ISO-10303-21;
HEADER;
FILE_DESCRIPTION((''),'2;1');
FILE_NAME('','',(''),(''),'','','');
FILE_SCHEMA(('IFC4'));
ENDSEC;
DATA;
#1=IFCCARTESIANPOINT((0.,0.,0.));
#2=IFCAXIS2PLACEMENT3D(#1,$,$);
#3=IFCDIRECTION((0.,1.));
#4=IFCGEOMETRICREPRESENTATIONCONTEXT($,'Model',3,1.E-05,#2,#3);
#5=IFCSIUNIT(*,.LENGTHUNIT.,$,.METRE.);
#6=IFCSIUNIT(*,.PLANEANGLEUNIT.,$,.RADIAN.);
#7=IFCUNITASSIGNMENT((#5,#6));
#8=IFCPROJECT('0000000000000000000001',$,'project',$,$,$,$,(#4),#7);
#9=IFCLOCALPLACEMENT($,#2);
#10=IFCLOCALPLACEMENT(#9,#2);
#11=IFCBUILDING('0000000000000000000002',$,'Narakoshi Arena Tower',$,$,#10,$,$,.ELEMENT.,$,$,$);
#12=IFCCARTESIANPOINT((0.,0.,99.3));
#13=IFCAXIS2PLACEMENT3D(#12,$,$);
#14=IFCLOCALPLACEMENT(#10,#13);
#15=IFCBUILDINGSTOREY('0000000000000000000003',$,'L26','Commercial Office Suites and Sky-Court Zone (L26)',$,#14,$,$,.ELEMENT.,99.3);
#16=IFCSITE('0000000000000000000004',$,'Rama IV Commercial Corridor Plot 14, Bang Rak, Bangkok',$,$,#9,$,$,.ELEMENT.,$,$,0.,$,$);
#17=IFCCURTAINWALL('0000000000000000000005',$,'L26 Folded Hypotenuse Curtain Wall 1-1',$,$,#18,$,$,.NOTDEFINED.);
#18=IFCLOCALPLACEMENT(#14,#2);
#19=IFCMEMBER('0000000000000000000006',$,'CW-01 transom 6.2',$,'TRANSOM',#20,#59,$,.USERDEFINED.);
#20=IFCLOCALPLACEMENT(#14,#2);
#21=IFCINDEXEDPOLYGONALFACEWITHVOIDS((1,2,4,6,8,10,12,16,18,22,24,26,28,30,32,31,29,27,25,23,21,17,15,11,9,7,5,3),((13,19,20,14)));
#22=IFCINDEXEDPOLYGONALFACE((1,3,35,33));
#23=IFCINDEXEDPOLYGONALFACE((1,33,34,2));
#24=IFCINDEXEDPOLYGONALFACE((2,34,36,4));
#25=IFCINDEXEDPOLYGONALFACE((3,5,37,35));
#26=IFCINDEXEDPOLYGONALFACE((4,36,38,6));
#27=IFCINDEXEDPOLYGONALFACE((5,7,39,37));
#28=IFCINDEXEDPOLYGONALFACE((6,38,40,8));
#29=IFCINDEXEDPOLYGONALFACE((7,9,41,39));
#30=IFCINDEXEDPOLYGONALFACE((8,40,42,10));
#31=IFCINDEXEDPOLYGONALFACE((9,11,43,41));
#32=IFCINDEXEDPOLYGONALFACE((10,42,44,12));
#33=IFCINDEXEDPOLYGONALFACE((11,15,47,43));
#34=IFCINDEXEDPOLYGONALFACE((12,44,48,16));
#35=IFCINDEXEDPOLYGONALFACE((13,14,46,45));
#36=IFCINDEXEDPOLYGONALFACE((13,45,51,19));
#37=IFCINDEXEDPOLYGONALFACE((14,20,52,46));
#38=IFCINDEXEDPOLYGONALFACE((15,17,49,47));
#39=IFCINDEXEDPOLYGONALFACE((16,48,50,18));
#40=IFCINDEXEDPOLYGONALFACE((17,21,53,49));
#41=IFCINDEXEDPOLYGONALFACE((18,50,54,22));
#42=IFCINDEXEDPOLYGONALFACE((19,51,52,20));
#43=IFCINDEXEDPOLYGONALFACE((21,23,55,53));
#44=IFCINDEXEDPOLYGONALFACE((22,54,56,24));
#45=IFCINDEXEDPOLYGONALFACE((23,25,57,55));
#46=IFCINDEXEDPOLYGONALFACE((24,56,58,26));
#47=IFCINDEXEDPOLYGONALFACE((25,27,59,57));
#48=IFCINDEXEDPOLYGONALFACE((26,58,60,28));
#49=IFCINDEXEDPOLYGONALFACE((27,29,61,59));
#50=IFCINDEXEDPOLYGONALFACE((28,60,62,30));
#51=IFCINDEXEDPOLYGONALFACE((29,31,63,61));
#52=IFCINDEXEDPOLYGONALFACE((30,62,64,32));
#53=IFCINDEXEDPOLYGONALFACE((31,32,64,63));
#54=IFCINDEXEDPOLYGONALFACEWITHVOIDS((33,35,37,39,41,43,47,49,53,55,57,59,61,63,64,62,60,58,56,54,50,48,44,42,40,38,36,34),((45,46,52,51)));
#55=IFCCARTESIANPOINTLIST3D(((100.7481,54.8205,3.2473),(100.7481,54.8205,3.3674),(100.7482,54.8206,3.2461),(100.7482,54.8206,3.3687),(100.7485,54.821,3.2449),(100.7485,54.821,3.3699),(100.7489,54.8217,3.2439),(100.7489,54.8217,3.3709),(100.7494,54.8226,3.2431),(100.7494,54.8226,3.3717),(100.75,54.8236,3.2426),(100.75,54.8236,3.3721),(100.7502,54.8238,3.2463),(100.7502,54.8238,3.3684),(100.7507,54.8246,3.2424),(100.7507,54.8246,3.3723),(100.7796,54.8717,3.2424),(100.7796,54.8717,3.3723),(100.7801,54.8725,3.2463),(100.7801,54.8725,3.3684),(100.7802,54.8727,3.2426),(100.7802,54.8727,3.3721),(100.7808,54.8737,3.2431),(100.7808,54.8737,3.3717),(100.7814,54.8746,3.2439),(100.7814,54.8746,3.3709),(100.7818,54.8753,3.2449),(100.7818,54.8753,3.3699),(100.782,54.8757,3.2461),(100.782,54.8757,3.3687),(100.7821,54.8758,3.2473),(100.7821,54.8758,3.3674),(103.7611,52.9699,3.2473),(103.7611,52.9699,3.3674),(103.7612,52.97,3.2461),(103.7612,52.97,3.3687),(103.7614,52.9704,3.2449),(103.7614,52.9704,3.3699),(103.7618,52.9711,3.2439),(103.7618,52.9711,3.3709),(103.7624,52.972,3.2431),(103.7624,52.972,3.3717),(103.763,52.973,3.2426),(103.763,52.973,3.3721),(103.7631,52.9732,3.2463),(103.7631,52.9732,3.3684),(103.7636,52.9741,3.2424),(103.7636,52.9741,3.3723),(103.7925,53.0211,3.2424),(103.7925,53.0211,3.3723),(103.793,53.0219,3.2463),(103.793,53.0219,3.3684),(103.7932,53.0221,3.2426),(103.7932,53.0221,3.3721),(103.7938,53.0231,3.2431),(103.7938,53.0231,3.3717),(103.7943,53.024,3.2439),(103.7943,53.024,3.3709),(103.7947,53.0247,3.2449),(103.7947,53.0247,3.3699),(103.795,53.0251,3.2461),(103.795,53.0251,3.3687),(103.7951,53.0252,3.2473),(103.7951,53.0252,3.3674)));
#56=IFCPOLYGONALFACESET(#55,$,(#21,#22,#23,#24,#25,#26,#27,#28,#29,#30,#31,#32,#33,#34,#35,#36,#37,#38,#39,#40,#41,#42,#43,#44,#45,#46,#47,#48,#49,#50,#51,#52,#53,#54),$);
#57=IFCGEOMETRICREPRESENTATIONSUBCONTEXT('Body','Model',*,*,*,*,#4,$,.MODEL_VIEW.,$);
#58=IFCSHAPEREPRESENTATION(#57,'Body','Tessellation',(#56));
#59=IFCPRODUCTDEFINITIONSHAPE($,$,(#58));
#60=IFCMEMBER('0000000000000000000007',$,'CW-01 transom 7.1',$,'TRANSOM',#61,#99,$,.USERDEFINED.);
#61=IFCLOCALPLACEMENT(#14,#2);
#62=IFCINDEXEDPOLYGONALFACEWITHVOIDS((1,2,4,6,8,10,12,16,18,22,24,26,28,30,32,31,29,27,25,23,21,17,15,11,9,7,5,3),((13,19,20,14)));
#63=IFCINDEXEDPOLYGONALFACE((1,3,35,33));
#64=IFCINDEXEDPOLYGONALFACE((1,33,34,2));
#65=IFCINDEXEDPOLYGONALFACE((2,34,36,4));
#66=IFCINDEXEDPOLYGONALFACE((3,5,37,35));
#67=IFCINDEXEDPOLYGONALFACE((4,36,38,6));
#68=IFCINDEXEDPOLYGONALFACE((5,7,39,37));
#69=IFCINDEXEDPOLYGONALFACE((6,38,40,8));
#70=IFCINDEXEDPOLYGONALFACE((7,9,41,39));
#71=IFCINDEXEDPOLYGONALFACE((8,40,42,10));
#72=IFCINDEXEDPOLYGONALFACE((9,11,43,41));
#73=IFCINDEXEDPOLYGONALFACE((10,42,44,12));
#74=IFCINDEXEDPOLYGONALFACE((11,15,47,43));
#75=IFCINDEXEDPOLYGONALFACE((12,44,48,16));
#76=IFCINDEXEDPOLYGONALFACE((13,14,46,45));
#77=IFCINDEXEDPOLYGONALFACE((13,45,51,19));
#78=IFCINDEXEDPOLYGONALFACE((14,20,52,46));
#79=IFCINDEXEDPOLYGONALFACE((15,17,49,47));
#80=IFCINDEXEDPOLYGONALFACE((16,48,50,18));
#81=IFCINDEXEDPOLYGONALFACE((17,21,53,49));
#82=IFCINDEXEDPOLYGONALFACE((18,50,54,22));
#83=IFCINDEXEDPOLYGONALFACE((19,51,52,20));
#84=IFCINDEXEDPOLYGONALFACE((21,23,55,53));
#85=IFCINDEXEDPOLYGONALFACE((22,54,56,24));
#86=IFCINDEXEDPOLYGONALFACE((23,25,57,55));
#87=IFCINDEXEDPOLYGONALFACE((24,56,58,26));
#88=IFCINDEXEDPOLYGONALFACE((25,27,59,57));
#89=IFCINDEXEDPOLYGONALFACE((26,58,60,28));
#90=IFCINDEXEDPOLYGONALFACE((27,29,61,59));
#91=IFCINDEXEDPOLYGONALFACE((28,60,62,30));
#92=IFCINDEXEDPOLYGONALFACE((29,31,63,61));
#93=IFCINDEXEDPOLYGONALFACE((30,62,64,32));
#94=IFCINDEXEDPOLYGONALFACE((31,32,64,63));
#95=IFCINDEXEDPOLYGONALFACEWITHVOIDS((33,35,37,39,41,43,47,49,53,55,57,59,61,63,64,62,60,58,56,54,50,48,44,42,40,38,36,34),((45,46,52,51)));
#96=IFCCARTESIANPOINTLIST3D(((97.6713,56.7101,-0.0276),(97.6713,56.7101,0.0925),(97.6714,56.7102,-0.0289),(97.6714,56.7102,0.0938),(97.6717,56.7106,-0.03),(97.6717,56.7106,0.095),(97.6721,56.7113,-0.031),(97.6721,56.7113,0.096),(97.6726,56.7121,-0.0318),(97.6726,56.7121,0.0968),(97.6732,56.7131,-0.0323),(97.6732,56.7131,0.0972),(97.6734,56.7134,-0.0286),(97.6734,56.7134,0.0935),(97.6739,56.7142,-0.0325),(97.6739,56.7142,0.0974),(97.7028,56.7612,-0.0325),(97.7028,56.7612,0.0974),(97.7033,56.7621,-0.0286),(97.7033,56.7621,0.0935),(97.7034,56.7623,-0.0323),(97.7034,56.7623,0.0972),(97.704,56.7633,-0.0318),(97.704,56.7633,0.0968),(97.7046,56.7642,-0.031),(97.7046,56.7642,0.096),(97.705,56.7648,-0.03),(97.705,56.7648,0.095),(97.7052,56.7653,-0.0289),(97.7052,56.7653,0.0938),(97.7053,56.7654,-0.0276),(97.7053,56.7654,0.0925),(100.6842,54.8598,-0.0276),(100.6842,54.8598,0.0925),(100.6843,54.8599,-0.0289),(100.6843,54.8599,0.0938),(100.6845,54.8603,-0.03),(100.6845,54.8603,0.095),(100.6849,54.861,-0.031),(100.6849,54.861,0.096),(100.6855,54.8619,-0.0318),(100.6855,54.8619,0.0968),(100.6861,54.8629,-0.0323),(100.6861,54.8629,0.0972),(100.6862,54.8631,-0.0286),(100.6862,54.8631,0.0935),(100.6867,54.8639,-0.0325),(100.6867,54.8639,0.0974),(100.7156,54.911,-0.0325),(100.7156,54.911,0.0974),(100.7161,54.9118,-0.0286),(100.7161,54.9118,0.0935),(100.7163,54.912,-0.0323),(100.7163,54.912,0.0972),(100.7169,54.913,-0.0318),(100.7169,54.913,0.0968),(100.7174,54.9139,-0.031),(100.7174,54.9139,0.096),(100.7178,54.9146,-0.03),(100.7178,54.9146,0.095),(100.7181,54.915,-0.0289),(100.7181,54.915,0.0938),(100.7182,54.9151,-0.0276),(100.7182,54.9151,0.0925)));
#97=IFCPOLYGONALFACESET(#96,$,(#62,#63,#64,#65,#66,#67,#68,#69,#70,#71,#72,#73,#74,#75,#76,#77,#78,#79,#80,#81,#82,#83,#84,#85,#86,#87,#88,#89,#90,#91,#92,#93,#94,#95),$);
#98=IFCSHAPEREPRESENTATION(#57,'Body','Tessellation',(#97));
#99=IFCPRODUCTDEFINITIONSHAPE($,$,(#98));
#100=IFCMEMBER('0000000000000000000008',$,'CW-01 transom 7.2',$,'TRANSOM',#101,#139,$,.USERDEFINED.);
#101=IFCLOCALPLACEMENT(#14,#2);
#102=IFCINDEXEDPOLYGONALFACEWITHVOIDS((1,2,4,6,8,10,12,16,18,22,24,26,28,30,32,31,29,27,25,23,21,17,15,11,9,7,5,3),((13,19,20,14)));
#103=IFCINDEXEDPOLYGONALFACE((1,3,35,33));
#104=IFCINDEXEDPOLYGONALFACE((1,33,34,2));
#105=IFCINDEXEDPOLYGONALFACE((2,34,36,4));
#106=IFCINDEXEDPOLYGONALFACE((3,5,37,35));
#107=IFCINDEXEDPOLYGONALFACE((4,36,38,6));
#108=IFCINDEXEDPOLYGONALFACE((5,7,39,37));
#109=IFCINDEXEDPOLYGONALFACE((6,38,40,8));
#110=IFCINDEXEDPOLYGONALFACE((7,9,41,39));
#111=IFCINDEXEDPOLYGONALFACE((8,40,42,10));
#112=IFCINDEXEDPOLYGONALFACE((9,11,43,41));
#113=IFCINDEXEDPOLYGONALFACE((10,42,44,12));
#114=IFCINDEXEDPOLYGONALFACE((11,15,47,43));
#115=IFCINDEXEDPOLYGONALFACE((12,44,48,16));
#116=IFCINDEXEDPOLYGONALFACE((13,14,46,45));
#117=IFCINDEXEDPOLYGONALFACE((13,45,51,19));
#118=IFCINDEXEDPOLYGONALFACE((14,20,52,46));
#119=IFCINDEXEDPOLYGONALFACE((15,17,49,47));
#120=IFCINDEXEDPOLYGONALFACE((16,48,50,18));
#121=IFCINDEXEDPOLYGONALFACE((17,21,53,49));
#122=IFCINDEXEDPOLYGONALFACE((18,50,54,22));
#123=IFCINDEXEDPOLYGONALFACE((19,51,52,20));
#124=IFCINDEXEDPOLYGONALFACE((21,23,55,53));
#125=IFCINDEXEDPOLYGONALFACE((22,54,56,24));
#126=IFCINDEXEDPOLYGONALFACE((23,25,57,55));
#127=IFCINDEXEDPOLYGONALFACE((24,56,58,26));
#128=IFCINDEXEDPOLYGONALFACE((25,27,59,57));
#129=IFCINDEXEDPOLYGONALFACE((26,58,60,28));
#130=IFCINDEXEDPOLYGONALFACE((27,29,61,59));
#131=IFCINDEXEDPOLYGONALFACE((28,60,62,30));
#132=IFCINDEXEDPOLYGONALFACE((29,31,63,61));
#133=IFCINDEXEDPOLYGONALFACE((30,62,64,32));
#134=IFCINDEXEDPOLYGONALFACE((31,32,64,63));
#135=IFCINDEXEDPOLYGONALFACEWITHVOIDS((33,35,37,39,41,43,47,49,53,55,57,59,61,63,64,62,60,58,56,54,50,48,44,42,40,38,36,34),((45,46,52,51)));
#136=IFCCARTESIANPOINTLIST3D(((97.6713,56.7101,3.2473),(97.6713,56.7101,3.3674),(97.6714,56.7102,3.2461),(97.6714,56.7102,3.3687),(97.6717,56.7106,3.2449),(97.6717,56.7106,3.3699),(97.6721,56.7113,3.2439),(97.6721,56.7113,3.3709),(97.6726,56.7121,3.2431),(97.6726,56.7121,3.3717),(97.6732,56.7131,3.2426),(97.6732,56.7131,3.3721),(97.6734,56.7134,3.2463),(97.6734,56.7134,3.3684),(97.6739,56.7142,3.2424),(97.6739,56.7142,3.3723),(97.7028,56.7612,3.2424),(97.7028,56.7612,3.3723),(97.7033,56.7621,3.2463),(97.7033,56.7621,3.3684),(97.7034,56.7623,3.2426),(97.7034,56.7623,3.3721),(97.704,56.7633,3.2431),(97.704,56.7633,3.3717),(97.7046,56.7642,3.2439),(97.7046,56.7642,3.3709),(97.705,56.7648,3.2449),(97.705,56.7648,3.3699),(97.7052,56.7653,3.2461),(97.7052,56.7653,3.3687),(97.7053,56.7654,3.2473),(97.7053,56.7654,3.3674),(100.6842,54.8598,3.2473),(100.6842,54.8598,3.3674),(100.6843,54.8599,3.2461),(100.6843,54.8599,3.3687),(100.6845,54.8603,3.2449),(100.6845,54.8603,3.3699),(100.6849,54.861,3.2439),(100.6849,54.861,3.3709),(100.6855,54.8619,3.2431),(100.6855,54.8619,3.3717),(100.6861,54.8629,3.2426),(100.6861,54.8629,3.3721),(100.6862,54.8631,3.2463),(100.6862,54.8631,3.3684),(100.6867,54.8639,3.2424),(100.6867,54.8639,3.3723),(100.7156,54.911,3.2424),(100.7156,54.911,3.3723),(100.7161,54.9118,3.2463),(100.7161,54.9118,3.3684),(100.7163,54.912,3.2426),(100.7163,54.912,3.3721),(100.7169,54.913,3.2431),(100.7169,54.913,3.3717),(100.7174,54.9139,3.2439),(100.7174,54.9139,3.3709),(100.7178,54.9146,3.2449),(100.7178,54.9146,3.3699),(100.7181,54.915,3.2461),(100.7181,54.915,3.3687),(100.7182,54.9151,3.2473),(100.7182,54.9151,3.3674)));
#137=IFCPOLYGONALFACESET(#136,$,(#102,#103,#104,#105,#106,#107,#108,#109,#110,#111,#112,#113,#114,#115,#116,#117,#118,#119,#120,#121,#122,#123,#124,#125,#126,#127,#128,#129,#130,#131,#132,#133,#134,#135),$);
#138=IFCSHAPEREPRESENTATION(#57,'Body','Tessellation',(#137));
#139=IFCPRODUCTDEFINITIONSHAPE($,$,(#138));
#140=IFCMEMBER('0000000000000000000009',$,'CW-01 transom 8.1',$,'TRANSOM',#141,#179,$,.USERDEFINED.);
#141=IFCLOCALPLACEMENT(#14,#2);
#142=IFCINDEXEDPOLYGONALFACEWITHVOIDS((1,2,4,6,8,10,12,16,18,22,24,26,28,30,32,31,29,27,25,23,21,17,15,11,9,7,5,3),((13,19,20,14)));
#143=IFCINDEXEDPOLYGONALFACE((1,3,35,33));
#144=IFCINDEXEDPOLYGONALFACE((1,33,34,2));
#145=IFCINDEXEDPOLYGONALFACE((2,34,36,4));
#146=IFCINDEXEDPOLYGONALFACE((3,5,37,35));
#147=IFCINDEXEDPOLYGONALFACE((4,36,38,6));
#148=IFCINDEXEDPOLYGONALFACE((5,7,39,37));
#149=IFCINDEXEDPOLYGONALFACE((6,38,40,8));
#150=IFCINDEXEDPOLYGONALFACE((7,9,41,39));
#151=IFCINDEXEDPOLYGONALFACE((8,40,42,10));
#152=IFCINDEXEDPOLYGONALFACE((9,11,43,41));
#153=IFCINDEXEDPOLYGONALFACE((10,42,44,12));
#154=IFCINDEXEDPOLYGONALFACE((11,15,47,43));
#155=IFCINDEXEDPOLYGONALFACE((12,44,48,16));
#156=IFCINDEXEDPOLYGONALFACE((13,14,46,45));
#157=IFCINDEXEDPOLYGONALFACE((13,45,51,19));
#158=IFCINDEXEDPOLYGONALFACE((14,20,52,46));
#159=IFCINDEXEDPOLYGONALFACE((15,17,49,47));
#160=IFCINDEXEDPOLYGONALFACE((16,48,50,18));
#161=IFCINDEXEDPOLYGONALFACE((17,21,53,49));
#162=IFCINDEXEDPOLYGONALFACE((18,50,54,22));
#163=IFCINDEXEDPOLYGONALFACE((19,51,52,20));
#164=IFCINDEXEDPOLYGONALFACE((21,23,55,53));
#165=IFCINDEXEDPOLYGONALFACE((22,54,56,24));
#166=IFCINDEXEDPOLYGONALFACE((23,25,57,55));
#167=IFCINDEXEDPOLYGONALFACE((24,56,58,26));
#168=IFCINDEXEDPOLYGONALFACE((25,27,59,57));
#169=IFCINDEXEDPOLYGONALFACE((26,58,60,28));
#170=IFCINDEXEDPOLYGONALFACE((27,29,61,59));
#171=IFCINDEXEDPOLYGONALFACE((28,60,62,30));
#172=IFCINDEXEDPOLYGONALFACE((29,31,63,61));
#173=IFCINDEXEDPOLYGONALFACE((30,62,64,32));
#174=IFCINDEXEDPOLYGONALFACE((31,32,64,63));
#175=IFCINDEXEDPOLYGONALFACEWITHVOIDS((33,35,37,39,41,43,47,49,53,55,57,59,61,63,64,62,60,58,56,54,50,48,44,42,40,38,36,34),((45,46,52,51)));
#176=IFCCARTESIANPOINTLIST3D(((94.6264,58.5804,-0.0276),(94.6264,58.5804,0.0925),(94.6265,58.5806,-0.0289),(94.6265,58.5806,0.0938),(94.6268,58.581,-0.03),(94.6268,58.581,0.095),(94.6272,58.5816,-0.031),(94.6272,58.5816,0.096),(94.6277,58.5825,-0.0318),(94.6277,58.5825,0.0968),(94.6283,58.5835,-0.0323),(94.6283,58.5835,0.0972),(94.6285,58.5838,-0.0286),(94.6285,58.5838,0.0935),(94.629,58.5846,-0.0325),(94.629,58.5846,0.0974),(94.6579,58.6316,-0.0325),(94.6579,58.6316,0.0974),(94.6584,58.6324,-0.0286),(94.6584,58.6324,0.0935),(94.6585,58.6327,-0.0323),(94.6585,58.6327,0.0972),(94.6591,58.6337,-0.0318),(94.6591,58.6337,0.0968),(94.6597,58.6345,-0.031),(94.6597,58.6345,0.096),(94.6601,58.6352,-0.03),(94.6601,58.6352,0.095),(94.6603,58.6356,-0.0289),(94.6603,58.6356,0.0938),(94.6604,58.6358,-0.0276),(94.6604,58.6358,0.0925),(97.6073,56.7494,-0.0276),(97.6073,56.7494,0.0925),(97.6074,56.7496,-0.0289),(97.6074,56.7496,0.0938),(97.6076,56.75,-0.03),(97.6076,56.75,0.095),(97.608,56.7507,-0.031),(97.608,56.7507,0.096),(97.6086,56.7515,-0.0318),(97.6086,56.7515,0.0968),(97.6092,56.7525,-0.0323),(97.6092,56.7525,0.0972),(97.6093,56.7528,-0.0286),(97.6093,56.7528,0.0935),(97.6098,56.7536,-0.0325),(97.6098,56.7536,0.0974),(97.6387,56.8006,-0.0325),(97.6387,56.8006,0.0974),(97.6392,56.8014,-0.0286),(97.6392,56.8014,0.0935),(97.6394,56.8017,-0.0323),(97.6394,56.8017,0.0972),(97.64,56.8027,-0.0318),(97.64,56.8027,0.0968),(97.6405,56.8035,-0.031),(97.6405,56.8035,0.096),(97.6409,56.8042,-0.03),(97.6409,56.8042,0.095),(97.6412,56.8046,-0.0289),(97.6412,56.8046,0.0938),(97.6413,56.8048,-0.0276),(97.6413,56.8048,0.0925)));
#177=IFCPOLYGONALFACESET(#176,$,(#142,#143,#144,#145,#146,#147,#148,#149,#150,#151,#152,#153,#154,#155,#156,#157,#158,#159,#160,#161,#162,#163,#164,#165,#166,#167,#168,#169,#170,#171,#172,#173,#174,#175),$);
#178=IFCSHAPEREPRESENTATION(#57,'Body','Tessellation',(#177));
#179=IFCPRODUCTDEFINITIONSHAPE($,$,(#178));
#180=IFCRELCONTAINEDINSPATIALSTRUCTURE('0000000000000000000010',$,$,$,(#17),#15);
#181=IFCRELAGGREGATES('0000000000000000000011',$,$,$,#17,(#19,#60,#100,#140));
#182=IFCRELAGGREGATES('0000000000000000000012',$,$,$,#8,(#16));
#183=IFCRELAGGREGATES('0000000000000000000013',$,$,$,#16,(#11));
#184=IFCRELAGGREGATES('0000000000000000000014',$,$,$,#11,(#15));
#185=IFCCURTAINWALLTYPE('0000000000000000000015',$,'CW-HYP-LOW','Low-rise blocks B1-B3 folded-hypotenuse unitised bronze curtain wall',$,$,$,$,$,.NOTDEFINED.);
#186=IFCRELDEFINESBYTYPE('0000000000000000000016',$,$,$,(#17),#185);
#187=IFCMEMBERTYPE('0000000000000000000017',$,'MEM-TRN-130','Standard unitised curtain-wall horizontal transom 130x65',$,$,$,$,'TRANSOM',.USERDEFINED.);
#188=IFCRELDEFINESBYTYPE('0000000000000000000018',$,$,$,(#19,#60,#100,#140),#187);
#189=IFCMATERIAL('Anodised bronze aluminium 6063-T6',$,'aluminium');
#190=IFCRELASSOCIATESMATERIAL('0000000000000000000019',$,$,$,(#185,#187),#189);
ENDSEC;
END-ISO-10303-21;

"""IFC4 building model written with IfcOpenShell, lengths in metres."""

from ifc_helpers import new_model, si_unit, direction, frame, origin, origin_2d, place, context, subcontext, project, spatial, hollow_rectangle, extrude, material, material_profile, profile_set, type_object, element, aggregate, save


model = new_model("IFC4")

# Units and contexts
model_context = context("Model", 3, precision=1e-05, world=origin(), true_north=direction((0.0, 1.0)))
body_context = subcontext(model_context, "Body", "Model", "MODEL_VIEW")
ifc_project = project(units=[si_unit("LENGTHUNIT", "METRE"), si_unit("PLANEANGLEUNIT", "RADIAN")], contexts=[model_context])

# Site, building, storey
site_placement = place(None, origin())
site = spatial("IfcSite", under=ifc_project, at=site_placement, Name="Rama IV Commercial Corridor Plot 14, Bang Rak, Bangkok", CompositionType="ELEMENT", RefElevation=0.0)
building_placement = place(site_placement, origin())
building = spatial("IfcBuilding", under=site, at=building_placement, Name="Narakoshi Arena Tower", CompositionType="ELEMENT")
storey_placement = place(building_placement, frame((0.0, 0.0, 99.3)))
storey = spatial("IfcBuildingStorey", under=building, at=storey_placement, Name="L26", Description="Commercial Office Suites and Sky-Court Zone (L26)", CompositionType="ELEMENT", Elevation=99.3)

# Curtain wall, members
ifc_material_1 = material(Name="Anodised bronze aluminium 6063-T6", Category="aluminium")
curtain_wall_type = type_object("IfcCurtainWallType", Name="CW-HYP-LOW", Description="Low-rise blocks B1-B3 folded-hypotenuse unitised bronze curtain wall", PredefinedType="NOTDEFINED", material=ifc_material_1)
curtain_wall_placement = place(storey_placement, origin())
curtain_wall = element("IfcCurtainWall", 1, at=curtain_wall_placement, inside=storey, type_object=curtain_wall_type, Name="L26 Folded Hypotenuse Curtain Wall 1-1", PredefinedType="NOTDEFINED")
ifc_material_profile_1 = material_profile(ifc_material_1, hollow_rectangle(XDim=0.0649, YDim=0.1299, WallThickness=0.0039, OuterFilletRadius=0.0049, at=origin_2d()), Name="TRN130x65x4")
ifc_profile_set_1 = profile_set([ifc_material_profile_1], Name="Anodised bronze aluminium 6063-T6")
member_type_1 = type_object("IfcMemberType", Name="MEM-TRN-130", Description="Standard unitised curtain-wall horizontal transom 130x65", ElementType="TRANSOM", PredefinedType="USERDEFINED", material=ifc_profile_set_1)
member_1_placement = place(storey_placement, frame((103.7781, 52.9976, 3.3074), z_axis=(-0.852104, 0.523373, 0.0), x_axis=(-0.523373, -0.852104, 0.0)))
member_1 = element("IfcMember", 2, at=member_1_placement, type_object=member_type_1, Name="CW-01 transom 6.2", ObjectType="TRANSOM", PredefinedType="USERDEFINED", context=body_context, shape_type="SweptSolid", body=[
    extrude(hollow_rectangle(XDim=0.0649, YDim=0.1299, WallThickness=0.0039, OuterFilletRadius=0.0049, at=origin_2d()), origin(), (0.0, 0.0, 1.0), 3.5359),
])
member_2_placement = place(storey_placement, frame((100.7012, 54.8875, 0.0325), z_axis=(-0.852134, 0.523323, 0.0), x_axis=(-0.523323, -0.852134, 0.0)))
member_2 = element("IfcMember", 3, at=member_2_placement, type_object=member_type_1, Name="CW-01 transom 7.1", ObjectType="TRANSOM", PredefinedType="USERDEFINED", context=body_context, shape_type="SweptSolid", body=[
    extrude(hollow_rectangle(XDim=0.0649, YDim=0.1299, WallThickness=0.0039, OuterFilletRadius=0.0049, at=origin_2d()), origin(), (0.0, 0.0, 1.0), 3.5356),
])
member_3_placement = place(storey_placement, frame((100.7012, 54.8875, 3.3074), z_axis=(-0.852134, 0.523323, 0.0), x_axis=(-0.523323, -0.852134, 0.0)))
member_3 = element("IfcMember", 4, at=member_3_placement, type_object=member_type_1, Name="CW-01 transom 7.2", ObjectType="TRANSOM", PredefinedType="USERDEFINED", context=body_context, shape_type="SweptSolid", body=[
    extrude(hollow_rectangle(XDim=0.0649, YDim=0.1299, WallThickness=0.0039, OuterFilletRadius=0.0049, at=origin_2d()), origin(), (0.0, 0.0, 1.0), 3.5356),
])
member_4_placement = place(storey_placement, frame((97.6243, 56.7771, 0.0325), z_axis=(-0.852089, 0.523396, 0.0), x_axis=(-0.523396, -0.852089, 0.0)))
member_4 = element("IfcMember", 5, at=member_4_placement, type_object=member_type_1, Name="CW-01 transom 8.1", ObjectType="TRANSOM", PredefinedType="USERDEFINED", context=body_context, shape_type="SweptSolid", body=[
    extrude(hollow_rectangle(XDim=0.0649, YDim=0.1299, WallThickness=0.0039, OuterFilletRadius=0.0049, at=origin_2d()), origin(), (0.0, 0.0, 1.0), 3.4983),
])
aggregate(curtain_wall, [member_1, member_2, member_3, member_4])

save(model, "model.ifc")
